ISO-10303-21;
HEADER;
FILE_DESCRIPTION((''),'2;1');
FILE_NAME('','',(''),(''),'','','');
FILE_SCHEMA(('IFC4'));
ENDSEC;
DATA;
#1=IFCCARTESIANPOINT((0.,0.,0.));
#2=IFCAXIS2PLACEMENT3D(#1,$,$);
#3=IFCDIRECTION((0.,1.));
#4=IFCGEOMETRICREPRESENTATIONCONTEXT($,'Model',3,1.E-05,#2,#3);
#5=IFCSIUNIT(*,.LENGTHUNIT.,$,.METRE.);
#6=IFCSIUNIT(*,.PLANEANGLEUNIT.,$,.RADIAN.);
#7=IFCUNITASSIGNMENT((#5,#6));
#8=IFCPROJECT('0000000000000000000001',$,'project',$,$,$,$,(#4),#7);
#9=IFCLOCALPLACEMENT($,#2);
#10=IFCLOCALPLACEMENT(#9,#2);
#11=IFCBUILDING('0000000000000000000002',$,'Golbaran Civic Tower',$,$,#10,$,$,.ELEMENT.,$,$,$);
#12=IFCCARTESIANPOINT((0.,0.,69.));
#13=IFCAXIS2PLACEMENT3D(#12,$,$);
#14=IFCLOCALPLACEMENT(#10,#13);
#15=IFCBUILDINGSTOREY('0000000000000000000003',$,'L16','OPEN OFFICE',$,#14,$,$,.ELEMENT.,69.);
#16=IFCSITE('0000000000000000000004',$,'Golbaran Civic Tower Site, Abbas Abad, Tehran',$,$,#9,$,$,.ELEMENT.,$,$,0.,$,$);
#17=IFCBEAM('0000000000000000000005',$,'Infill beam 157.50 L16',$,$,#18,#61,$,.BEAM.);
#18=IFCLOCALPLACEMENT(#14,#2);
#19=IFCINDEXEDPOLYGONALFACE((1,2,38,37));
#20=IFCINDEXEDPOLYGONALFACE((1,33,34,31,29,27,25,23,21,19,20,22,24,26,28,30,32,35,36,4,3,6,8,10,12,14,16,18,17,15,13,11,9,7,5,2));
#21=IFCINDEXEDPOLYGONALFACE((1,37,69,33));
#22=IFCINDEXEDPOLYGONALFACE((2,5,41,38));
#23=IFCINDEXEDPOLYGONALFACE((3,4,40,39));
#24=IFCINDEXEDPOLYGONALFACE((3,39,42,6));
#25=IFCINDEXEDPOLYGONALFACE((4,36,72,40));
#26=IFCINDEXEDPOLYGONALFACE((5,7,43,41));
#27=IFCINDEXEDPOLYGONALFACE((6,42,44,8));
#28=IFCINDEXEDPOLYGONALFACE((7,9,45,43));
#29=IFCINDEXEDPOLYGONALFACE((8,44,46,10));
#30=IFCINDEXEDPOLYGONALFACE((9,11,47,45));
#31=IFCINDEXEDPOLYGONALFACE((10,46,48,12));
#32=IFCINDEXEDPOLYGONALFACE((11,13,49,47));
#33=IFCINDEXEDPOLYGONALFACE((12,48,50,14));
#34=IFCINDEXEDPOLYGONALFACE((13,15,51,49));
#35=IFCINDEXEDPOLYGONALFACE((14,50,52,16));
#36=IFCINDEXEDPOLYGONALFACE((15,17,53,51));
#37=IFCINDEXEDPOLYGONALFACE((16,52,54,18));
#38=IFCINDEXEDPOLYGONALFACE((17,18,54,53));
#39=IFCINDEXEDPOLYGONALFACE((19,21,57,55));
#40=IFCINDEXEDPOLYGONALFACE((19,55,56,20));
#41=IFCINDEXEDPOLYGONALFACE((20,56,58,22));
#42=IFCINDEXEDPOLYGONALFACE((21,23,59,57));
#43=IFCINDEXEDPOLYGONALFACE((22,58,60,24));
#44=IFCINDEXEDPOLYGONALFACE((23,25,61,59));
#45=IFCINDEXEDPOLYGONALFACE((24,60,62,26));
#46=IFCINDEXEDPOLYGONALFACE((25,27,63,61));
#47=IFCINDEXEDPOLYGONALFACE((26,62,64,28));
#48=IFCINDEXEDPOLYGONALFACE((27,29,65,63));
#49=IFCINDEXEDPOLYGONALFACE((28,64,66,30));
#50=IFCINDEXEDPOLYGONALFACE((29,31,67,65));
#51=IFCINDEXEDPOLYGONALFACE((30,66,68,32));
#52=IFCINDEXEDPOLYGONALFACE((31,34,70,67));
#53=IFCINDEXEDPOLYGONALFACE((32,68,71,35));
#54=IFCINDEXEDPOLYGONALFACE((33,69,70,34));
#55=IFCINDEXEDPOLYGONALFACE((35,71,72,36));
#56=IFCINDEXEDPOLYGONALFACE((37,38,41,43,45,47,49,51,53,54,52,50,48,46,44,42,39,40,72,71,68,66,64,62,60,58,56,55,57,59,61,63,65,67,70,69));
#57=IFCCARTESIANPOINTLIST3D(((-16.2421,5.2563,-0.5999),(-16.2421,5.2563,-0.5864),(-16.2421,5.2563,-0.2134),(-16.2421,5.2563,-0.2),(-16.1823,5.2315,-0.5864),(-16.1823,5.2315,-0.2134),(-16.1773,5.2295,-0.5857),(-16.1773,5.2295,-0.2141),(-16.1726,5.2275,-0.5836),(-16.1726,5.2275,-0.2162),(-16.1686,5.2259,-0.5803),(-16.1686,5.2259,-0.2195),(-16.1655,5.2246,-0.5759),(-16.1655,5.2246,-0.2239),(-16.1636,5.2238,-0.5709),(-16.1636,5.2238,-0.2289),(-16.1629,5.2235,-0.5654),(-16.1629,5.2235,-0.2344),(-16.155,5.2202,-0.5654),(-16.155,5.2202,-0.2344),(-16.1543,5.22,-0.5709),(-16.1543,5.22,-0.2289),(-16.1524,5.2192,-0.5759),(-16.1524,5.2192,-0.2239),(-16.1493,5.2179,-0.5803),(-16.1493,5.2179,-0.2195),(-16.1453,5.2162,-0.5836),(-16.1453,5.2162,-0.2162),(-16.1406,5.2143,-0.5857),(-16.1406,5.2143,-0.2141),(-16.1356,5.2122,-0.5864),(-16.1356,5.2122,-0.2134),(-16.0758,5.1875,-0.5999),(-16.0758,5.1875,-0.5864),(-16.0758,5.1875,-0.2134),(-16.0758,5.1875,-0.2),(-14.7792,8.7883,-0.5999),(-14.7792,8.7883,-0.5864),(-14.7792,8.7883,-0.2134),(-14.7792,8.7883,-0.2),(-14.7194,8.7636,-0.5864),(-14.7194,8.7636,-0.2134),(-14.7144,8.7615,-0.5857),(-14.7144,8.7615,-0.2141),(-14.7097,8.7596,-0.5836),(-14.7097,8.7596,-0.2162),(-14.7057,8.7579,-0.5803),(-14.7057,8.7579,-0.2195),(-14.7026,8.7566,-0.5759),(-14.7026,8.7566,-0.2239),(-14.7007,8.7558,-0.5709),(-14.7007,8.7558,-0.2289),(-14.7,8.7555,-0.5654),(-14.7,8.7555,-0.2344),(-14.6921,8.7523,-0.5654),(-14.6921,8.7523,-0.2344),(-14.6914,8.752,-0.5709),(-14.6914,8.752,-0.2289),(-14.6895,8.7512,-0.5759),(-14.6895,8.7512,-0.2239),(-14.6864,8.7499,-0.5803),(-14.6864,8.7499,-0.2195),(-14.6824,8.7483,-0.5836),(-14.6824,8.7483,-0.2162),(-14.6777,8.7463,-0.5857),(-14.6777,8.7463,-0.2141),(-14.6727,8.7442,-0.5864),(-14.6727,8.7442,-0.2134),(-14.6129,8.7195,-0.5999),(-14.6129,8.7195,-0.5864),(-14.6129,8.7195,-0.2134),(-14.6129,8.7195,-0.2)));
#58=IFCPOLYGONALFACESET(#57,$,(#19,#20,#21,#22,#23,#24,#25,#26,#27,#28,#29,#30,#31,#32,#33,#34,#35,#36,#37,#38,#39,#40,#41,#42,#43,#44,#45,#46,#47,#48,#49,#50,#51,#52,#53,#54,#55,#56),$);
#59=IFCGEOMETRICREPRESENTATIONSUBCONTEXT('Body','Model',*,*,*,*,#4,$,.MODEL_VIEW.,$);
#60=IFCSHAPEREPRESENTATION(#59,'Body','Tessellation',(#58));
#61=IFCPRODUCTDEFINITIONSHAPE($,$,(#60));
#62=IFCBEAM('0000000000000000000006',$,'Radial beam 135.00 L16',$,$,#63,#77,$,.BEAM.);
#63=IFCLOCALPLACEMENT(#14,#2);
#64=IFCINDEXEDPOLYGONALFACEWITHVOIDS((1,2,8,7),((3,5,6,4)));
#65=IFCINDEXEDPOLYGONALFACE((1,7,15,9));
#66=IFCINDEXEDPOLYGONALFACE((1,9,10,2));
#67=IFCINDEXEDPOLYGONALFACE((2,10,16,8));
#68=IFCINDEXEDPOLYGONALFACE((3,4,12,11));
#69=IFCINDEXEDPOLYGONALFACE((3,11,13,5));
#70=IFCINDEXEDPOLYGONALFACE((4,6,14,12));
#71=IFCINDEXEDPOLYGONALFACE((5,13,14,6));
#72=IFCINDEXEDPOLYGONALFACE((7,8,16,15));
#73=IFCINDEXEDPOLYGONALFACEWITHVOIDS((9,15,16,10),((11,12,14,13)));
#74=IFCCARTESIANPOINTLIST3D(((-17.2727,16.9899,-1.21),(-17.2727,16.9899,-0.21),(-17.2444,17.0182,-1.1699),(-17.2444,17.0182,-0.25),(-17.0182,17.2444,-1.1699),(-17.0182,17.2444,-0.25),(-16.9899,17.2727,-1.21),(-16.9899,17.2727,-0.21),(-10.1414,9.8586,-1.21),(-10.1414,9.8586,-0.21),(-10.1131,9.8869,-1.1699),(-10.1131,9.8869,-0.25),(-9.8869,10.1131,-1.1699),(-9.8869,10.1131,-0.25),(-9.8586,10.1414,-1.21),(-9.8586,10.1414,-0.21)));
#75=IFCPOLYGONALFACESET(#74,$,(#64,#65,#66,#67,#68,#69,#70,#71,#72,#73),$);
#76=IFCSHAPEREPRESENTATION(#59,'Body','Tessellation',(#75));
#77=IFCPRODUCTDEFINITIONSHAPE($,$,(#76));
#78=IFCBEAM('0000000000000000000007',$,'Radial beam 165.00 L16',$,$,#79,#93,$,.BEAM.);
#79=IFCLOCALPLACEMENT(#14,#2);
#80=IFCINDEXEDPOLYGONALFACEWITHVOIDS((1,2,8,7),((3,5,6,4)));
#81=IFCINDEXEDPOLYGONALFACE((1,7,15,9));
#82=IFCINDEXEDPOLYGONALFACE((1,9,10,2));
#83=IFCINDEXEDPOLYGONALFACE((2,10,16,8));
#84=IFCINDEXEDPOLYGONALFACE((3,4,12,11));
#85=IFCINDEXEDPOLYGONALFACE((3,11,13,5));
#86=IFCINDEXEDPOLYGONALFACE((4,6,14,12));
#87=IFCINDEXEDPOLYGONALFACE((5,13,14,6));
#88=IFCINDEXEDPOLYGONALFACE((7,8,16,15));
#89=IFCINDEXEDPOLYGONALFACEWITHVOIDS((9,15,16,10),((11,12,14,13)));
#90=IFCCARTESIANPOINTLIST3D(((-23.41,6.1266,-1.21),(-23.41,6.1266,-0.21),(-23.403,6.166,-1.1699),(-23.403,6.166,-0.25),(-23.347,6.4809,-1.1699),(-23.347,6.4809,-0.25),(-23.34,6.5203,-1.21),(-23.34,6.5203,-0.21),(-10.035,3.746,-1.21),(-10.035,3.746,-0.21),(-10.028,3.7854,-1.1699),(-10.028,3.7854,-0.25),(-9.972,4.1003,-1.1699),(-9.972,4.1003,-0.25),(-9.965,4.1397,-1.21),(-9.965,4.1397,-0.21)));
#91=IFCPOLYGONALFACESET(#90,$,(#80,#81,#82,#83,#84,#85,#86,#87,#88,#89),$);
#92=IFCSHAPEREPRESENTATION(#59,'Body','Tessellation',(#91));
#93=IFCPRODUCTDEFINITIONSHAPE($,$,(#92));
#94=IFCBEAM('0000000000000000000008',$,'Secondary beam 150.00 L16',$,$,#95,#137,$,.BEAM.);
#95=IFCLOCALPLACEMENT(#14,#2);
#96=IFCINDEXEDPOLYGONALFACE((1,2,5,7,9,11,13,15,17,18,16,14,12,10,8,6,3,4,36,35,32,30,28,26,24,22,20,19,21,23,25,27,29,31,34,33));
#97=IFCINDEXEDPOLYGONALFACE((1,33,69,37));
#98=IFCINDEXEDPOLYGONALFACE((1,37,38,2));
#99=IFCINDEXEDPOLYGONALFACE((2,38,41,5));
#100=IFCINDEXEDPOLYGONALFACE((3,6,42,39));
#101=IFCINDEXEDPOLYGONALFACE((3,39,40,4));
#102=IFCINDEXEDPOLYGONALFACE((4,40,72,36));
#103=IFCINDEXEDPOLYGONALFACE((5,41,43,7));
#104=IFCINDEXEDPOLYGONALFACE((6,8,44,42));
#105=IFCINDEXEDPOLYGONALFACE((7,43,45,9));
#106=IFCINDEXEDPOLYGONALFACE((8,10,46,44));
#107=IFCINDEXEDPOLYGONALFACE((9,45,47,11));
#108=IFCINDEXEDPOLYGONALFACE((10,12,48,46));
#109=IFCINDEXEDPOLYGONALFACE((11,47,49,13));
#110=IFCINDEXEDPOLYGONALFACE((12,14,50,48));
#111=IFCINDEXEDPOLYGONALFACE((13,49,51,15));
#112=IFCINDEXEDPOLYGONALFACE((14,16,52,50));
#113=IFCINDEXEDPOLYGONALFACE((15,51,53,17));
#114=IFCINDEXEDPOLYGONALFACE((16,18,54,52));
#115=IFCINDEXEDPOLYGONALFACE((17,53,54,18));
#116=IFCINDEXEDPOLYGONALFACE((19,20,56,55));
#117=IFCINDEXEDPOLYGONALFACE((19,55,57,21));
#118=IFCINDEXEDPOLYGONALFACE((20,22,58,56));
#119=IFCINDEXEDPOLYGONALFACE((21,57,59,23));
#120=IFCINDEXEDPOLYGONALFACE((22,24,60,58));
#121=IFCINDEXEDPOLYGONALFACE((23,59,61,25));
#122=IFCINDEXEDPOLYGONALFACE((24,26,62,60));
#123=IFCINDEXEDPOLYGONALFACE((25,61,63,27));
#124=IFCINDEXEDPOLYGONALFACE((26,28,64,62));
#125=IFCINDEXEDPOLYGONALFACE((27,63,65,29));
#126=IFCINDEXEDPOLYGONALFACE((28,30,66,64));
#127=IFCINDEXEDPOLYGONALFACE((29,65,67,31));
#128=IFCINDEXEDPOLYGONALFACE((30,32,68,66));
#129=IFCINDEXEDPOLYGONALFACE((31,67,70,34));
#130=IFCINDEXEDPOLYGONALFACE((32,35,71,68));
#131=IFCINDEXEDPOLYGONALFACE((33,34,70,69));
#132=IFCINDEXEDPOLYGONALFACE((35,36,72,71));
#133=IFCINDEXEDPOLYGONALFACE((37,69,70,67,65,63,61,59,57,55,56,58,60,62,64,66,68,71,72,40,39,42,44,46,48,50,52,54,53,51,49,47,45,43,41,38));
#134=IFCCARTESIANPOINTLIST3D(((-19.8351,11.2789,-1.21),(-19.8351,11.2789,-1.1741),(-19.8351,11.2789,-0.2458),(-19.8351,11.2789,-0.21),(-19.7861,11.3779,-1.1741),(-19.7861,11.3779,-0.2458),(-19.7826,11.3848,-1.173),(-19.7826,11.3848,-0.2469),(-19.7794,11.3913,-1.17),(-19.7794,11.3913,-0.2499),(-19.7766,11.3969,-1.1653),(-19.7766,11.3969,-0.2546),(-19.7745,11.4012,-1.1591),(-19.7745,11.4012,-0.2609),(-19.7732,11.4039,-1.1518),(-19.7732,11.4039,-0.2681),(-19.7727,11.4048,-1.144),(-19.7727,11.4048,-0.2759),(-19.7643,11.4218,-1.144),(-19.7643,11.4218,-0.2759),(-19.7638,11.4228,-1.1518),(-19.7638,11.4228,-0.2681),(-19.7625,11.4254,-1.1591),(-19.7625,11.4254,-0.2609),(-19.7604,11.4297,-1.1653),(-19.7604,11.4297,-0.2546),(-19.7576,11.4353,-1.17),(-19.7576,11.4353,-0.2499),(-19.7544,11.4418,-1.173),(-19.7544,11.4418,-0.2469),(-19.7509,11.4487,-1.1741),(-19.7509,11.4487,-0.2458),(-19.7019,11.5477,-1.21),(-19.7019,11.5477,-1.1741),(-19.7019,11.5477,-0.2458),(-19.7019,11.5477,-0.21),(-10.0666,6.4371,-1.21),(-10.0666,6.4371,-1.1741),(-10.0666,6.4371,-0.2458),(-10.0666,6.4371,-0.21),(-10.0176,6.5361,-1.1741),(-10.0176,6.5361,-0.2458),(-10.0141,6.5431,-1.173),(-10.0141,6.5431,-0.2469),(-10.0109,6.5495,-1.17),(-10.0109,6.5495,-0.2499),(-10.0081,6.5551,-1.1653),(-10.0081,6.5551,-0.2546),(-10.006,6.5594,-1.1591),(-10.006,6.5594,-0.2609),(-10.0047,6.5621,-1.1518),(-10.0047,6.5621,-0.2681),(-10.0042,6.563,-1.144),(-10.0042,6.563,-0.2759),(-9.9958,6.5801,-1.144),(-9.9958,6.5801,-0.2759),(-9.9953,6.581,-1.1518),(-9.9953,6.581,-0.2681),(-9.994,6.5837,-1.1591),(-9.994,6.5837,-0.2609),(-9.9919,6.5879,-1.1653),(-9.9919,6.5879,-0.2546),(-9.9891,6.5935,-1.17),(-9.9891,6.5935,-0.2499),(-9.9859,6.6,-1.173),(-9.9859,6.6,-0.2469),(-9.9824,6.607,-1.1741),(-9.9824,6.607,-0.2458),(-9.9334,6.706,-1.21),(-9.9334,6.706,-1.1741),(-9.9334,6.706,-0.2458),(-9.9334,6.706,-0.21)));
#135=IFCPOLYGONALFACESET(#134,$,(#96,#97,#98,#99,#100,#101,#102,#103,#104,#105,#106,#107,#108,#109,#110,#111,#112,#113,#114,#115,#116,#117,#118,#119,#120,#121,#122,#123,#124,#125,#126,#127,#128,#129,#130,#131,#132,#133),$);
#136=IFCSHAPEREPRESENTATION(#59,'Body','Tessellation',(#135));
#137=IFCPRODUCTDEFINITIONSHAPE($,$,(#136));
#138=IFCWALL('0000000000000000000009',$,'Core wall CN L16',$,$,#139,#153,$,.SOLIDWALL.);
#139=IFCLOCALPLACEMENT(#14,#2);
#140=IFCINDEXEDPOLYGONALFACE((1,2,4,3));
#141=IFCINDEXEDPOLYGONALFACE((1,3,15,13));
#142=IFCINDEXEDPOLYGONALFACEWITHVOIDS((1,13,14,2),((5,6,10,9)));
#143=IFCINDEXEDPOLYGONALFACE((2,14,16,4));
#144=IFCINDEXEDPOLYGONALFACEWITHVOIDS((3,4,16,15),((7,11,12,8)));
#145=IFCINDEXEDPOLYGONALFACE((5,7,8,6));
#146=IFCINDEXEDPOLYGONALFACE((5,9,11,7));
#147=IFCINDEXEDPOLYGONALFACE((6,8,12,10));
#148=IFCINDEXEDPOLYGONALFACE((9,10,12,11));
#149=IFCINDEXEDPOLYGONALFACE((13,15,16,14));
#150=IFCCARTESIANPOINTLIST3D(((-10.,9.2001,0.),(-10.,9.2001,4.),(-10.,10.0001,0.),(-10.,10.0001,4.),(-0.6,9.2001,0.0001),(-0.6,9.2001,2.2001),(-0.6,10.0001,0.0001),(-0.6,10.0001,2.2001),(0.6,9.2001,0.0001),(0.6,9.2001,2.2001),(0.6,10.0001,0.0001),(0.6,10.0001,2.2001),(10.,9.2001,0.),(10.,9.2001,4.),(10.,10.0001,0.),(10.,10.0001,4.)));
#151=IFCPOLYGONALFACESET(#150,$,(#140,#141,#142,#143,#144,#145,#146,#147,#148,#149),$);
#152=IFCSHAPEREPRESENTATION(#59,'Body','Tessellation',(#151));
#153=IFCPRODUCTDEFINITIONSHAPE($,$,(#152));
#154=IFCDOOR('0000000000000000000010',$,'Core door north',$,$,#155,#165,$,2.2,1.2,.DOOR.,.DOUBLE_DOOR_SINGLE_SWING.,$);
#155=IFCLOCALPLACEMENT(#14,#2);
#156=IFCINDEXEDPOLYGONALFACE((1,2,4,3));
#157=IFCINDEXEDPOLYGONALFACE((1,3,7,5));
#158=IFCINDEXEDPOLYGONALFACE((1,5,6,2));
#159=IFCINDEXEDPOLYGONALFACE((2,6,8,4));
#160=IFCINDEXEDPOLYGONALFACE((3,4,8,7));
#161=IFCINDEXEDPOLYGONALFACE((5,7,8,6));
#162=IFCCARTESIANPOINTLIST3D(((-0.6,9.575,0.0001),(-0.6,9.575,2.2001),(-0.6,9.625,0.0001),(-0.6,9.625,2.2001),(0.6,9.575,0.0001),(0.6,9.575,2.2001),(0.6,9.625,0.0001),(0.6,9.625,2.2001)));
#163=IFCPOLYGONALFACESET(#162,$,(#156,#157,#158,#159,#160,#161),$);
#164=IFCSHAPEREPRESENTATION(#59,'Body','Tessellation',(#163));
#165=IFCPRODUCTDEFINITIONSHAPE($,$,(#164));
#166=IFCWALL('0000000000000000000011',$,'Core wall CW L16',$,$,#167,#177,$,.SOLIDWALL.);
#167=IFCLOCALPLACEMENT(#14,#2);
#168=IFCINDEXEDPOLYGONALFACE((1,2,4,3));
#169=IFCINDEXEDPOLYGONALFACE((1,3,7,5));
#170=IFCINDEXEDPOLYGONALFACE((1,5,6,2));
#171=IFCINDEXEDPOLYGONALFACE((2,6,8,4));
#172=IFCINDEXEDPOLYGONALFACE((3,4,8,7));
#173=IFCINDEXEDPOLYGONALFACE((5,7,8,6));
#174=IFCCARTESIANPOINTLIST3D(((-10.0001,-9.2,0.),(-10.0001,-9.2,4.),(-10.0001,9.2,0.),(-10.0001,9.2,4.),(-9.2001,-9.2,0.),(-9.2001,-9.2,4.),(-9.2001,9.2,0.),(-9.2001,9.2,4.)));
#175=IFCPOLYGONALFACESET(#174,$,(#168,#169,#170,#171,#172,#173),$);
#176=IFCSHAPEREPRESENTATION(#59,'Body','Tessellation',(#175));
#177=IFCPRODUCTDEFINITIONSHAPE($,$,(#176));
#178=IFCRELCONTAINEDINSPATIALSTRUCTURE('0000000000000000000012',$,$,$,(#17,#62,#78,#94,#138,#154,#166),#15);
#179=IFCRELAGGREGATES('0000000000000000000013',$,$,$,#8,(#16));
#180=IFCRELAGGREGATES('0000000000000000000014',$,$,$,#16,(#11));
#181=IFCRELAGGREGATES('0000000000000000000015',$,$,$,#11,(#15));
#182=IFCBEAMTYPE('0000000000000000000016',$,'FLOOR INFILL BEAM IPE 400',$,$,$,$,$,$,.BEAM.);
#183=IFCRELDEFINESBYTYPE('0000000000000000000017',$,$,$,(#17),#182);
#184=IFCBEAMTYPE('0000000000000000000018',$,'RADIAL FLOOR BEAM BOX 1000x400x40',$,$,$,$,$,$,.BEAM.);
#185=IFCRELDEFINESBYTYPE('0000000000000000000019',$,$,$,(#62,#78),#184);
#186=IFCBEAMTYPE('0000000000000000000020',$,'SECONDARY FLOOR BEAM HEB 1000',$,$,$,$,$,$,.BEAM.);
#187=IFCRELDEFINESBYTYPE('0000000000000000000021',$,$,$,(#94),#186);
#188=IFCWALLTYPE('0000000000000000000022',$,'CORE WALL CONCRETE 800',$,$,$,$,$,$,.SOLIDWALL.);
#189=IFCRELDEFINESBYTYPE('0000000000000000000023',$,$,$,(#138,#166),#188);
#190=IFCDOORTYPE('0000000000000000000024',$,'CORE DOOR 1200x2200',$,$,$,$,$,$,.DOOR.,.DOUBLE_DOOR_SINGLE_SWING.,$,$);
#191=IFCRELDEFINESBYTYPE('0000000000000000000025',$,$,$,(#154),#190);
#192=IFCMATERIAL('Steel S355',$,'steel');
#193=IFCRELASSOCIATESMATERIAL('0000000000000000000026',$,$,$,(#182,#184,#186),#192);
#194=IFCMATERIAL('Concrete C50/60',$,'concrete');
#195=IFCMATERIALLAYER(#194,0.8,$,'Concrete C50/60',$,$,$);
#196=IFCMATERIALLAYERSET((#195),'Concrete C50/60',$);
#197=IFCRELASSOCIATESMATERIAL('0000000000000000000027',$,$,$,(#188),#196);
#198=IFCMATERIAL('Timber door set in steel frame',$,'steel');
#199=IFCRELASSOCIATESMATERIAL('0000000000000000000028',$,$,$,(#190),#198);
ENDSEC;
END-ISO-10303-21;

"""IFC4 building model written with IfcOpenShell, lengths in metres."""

from ifc_helpers import new_model, si_unit, direction, frame, frame_2d, origin, origin_2d, place, context, subcontext, project, spatial, rectangle, hollow_rectangle, i_section, extrude, material, layer, layer_set, material_profile, profile_set, type_object, element, fill, save


model = new_model("IFC4")

# Units and contexts
model_context = context("Model", 3, precision=1e-05, world=origin(), true_north=direction((0.0, 1.0)))
body_context = subcontext(model_context, "Body", "Model", "MODEL_VIEW")
ifc_project = project(units=[si_unit("LENGTHUNIT", "METRE"), si_unit("PLANEANGLEUNIT", "RADIAN")], contexts=[model_context])

# Site, building, storey
site_placement = place(None, origin())
site = spatial("IfcSite", under=ifc_project, at=site_placement, Name="Golbaran Civic Tower Site, Abbas Abad, Tehran", CompositionType="ELEMENT", RefElevation=0.0)
building_placement = place(site_placement, origin())
building = spatial("IfcBuilding", under=site, at=building_placement, Name="Golbaran Civic Tower", CompositionType="ELEMENT")
storey_placement = place(building_placement, frame((0.0, 0.0, 69.0)))
storey = spatial("IfcBuildingStorey", under=building, at=storey_placement, Name="L16", Description="OPEN OFFICE", CompositionType="ELEMENT", Elevation=69.0)

# Beams
ifc_material_1 = material(Name="Steel S355", Category="steel")
ifc_material_profile_1 = material_profile(ifc_material_1, i_section(OverallWidth=0.1799, OverallDepth=0.3999, WebThickness=0.0085, FlangeThickness=0.0134, FilletRadius=0.021, at=origin_2d()), Name="IPE 400")
ifc_profile_set_1 = profile_set([ifc_material_profile_1], Name="Steel S355")
beam_type_1 = type_object("IfcBeamType", Name="FLOOR INFILL BEAM IPE 400", PredefinedType="BEAM", material=ifc_profile_set_1)
beam_1_placement = place(storey_placement, frame((-14.696, 8.7539, -0.3999), z_axis=(-0.38266, -0.923889, 0.0), x_axis=(0.923889, -0.38266, 0.0)))
element("IfcBeam", 1, at=beam_1_placement, inside=storey, type_object=beam_type_1, Name="Infill beam 157.50 L16", PredefinedType="BEAM", context=body_context, shape_type="SweptSolid", body=[
    extrude(i_section(OverallWidth=0.1799, OverallDepth=0.3999, WebThickness=0.0085, FlangeThickness=0.0134, FilletRadius=0.021, at=origin_2d()), origin(), (0.0, 0.0, 1.0), 3.823),
])
ifc_material_profile_2 = material_profile(ifc_material_1, hollow_rectangle(XDim=0.3999, YDim=1.0, WallThickness=0.04, at=origin_2d()), Name="BOX 1000x400x40")
ifc_profile_set_2 = profile_set([ifc_material_profile_2], Name="Steel S355")
beam_type_2 = type_object("IfcBeamType", Name="RADIAL FLOOR BEAM BOX 1000x400x40", PredefinedType="BEAM", material=ifc_profile_set_2)
beam_2_placement = place(storey_placement, frame((-10.0, 10.0, -0.71), z_axis=(-0.707107, 0.707107, 0.0), x_axis=(-0.707107, -0.707107, 0.0)))
element("IfcBeam", 2, at=beam_2_placement, inside=storey, type_object=beam_type_2, Name="Radial beam 135.00 L16", PredefinedType="BEAM", context=body_context, shape_type="SweptSolid", body=[
    extrude(hollow_rectangle(XDim=0.3999, YDim=1.0, WallThickness=0.04, at=origin_2d()), origin(), (0.0, 0.0, 1.0), 10.0852),
])
beam_3_placement = place(storey_placement, frame((-10.0, 3.9429, -0.71), z_axis=(-0.984526, 0.175236, 0.0), x_axis=(-0.175236, -0.984526, 0.0)))
element("IfcBeam", 3, at=beam_3_placement, inside=storey, type_object=beam_type_2, Name="Radial beam 165.00 L16", PredefinedType="BEAM", context=body_context, shape_type="SweptSolid", body=[
    extrude(hollow_rectangle(XDim=0.3999, YDim=1.0, WallThickness=0.04, at=origin_2d()), origin(), (0.0, 0.0, 1.0), 13.5852),
])
ifc_material_profile_3 = material_profile(ifc_material_1, i_section(OverallWidth=0.3, OverallDepth=1.0, WebThickness=0.019, FlangeThickness=0.0359, FilletRadius=0.03, at=origin_2d()), Name="HEB 1000")
ifc_profile_set_3 = profile_set([ifc_material_profile_3], Name="Steel S355")
beam_type_3 = type_object("IfcBeamType", Name="SECONDARY FLOOR BEAM HEB 1000", PredefinedType="BEAM", material=ifc_profile_set_3)
beam_4_placement = place(storey_placement, frame((-10.0, 6.5715, -0.71), z_axis=(-0.89598, 0.444094, 0.0), x_axis=(-0.444094, -0.89598, 0.0)))
element("IfcBeam", 4, at=beam_4_placement, inside=storey, type_object=beam_type_3, Name="Secondary beam 150.00 L16", PredefinedType="BEAM", context=body_context, shape_type="SweptSolid", body=[
    extrude(i_section(OverallWidth=0.3, OverallDepth=1.0, WebThickness=0.019, FlangeThickness=0.0359, FilletRadius=0.03, at=origin_2d()), origin(), (0.0, 0.0, 1.0), 10.9026),
])

# Wall, opening, door
ifc_material_2 = material(Name="Concrete C50/60", Category="concrete")
ifc_layer_1 = layer(ifc_material_2, 0.8, Name="Concrete C50/60")
ifc_layer_set_1 = layer_set([ifc_layer_1], Name="Concrete C50/60")
wall_type_1 = type_object("IfcWallType", Name="CORE WALL CONCRETE 800", PredefinedType="SOLIDWALL", material=ifc_layer_set_1)
wall_1_placement = place(storey_placement, frame((-10.0, 9.6001, 0.0), z_axis=(0.0, 0.0, 1.0), x_axis=(1.0, 0.0, 0.0)))
wall_1 = element("IfcWall", 5, at=wall_1_placement, inside=storey, type_object=wall_type_1, Name="Core wall CN L16", PredefinedType="SOLIDWALL", context=body_context, shape_type="SweptSolid", body=[
    extrude(rectangle(XDim=20.0, YDim=0.8, at=frame_2d((10.0, 0.0))), origin(), (0.0, 0.0, 1.0), 4.0),
])
opening_1_placement = place(wall_1_placement, frame((9.3999, 0.0, 0.0)))
opening_1 = element("IfcOpeningElement", 6, at=opening_1_placement, cuts=wall_1, PredefinedType="OPENING", context=body_context, shape_type="SweptSolid", body=[
    extrude(rectangle(XDim=1.2, YDim=2.2, at=frame_2d((0.6001, 1.1001))), frame((0.0, 0.4099, 0.0), z_axis=(0.0, -1.0, 0.0), x_axis=(1.0, 0.0, 0.0)), (0.0, 0.0, 1.0), 0.8201),
])
ifc_material_3 = material(Name="Timber door set in steel frame", Category="steel")
door_type_1 = type_object("IfcDoorType", Name="CORE DOOR 1200x2200", OperationType="DOUBLE_DOOR_SINGLE_SWING", PredefinedType="DOOR", material=ifc_material_3)
door_1_placement = place(opening_1_placement, origin())
door_1 = element("IfcDoor", 7, at=door_1_placement, inside=storey, type_object=door_type_1, Name="Core door north", OperationType="DOUBLE_DOOR_SINGLE_SWING", OverallHeight=2.2, OverallWidth=1.2, PredefinedType="DOOR", context=body_context, shape_type="SweptSolid", body=[
    extrude(rectangle(XDim=1.2, YDim=2.2, at=frame_2d((0.6001, 1.1001))), frame((0.0, 0.0249, 0.0), z_axis=(0.0, -1.0, 0.0), x_axis=(1.0, 0.0, 0.0)), (0.0, 0.0, 1.0), 0.05),
])
fill(opening_1, door_1)

# Wall
wall_2_placement = place(storey_placement, frame((-9.6001, 9.2, 0.0), z_axis=(0.0, 0.0, 1.0), x_axis=(0.0, -1.0, 0.0)))
element("IfcWall", 8, at=wall_2_placement, inside=storey, type_object=wall_type_1, Name="Core wall CW L16", PredefinedType="SOLIDWALL", context=body_context, shape_type="SweptSolid", body=[
    extrude(rectangle(XDim=18.3999, YDim=0.8, at=frame_2d((9.2, 0.0))), origin(), (0.0, 0.0, 1.0), 4.0),
])

save(model, "model.ifc")
